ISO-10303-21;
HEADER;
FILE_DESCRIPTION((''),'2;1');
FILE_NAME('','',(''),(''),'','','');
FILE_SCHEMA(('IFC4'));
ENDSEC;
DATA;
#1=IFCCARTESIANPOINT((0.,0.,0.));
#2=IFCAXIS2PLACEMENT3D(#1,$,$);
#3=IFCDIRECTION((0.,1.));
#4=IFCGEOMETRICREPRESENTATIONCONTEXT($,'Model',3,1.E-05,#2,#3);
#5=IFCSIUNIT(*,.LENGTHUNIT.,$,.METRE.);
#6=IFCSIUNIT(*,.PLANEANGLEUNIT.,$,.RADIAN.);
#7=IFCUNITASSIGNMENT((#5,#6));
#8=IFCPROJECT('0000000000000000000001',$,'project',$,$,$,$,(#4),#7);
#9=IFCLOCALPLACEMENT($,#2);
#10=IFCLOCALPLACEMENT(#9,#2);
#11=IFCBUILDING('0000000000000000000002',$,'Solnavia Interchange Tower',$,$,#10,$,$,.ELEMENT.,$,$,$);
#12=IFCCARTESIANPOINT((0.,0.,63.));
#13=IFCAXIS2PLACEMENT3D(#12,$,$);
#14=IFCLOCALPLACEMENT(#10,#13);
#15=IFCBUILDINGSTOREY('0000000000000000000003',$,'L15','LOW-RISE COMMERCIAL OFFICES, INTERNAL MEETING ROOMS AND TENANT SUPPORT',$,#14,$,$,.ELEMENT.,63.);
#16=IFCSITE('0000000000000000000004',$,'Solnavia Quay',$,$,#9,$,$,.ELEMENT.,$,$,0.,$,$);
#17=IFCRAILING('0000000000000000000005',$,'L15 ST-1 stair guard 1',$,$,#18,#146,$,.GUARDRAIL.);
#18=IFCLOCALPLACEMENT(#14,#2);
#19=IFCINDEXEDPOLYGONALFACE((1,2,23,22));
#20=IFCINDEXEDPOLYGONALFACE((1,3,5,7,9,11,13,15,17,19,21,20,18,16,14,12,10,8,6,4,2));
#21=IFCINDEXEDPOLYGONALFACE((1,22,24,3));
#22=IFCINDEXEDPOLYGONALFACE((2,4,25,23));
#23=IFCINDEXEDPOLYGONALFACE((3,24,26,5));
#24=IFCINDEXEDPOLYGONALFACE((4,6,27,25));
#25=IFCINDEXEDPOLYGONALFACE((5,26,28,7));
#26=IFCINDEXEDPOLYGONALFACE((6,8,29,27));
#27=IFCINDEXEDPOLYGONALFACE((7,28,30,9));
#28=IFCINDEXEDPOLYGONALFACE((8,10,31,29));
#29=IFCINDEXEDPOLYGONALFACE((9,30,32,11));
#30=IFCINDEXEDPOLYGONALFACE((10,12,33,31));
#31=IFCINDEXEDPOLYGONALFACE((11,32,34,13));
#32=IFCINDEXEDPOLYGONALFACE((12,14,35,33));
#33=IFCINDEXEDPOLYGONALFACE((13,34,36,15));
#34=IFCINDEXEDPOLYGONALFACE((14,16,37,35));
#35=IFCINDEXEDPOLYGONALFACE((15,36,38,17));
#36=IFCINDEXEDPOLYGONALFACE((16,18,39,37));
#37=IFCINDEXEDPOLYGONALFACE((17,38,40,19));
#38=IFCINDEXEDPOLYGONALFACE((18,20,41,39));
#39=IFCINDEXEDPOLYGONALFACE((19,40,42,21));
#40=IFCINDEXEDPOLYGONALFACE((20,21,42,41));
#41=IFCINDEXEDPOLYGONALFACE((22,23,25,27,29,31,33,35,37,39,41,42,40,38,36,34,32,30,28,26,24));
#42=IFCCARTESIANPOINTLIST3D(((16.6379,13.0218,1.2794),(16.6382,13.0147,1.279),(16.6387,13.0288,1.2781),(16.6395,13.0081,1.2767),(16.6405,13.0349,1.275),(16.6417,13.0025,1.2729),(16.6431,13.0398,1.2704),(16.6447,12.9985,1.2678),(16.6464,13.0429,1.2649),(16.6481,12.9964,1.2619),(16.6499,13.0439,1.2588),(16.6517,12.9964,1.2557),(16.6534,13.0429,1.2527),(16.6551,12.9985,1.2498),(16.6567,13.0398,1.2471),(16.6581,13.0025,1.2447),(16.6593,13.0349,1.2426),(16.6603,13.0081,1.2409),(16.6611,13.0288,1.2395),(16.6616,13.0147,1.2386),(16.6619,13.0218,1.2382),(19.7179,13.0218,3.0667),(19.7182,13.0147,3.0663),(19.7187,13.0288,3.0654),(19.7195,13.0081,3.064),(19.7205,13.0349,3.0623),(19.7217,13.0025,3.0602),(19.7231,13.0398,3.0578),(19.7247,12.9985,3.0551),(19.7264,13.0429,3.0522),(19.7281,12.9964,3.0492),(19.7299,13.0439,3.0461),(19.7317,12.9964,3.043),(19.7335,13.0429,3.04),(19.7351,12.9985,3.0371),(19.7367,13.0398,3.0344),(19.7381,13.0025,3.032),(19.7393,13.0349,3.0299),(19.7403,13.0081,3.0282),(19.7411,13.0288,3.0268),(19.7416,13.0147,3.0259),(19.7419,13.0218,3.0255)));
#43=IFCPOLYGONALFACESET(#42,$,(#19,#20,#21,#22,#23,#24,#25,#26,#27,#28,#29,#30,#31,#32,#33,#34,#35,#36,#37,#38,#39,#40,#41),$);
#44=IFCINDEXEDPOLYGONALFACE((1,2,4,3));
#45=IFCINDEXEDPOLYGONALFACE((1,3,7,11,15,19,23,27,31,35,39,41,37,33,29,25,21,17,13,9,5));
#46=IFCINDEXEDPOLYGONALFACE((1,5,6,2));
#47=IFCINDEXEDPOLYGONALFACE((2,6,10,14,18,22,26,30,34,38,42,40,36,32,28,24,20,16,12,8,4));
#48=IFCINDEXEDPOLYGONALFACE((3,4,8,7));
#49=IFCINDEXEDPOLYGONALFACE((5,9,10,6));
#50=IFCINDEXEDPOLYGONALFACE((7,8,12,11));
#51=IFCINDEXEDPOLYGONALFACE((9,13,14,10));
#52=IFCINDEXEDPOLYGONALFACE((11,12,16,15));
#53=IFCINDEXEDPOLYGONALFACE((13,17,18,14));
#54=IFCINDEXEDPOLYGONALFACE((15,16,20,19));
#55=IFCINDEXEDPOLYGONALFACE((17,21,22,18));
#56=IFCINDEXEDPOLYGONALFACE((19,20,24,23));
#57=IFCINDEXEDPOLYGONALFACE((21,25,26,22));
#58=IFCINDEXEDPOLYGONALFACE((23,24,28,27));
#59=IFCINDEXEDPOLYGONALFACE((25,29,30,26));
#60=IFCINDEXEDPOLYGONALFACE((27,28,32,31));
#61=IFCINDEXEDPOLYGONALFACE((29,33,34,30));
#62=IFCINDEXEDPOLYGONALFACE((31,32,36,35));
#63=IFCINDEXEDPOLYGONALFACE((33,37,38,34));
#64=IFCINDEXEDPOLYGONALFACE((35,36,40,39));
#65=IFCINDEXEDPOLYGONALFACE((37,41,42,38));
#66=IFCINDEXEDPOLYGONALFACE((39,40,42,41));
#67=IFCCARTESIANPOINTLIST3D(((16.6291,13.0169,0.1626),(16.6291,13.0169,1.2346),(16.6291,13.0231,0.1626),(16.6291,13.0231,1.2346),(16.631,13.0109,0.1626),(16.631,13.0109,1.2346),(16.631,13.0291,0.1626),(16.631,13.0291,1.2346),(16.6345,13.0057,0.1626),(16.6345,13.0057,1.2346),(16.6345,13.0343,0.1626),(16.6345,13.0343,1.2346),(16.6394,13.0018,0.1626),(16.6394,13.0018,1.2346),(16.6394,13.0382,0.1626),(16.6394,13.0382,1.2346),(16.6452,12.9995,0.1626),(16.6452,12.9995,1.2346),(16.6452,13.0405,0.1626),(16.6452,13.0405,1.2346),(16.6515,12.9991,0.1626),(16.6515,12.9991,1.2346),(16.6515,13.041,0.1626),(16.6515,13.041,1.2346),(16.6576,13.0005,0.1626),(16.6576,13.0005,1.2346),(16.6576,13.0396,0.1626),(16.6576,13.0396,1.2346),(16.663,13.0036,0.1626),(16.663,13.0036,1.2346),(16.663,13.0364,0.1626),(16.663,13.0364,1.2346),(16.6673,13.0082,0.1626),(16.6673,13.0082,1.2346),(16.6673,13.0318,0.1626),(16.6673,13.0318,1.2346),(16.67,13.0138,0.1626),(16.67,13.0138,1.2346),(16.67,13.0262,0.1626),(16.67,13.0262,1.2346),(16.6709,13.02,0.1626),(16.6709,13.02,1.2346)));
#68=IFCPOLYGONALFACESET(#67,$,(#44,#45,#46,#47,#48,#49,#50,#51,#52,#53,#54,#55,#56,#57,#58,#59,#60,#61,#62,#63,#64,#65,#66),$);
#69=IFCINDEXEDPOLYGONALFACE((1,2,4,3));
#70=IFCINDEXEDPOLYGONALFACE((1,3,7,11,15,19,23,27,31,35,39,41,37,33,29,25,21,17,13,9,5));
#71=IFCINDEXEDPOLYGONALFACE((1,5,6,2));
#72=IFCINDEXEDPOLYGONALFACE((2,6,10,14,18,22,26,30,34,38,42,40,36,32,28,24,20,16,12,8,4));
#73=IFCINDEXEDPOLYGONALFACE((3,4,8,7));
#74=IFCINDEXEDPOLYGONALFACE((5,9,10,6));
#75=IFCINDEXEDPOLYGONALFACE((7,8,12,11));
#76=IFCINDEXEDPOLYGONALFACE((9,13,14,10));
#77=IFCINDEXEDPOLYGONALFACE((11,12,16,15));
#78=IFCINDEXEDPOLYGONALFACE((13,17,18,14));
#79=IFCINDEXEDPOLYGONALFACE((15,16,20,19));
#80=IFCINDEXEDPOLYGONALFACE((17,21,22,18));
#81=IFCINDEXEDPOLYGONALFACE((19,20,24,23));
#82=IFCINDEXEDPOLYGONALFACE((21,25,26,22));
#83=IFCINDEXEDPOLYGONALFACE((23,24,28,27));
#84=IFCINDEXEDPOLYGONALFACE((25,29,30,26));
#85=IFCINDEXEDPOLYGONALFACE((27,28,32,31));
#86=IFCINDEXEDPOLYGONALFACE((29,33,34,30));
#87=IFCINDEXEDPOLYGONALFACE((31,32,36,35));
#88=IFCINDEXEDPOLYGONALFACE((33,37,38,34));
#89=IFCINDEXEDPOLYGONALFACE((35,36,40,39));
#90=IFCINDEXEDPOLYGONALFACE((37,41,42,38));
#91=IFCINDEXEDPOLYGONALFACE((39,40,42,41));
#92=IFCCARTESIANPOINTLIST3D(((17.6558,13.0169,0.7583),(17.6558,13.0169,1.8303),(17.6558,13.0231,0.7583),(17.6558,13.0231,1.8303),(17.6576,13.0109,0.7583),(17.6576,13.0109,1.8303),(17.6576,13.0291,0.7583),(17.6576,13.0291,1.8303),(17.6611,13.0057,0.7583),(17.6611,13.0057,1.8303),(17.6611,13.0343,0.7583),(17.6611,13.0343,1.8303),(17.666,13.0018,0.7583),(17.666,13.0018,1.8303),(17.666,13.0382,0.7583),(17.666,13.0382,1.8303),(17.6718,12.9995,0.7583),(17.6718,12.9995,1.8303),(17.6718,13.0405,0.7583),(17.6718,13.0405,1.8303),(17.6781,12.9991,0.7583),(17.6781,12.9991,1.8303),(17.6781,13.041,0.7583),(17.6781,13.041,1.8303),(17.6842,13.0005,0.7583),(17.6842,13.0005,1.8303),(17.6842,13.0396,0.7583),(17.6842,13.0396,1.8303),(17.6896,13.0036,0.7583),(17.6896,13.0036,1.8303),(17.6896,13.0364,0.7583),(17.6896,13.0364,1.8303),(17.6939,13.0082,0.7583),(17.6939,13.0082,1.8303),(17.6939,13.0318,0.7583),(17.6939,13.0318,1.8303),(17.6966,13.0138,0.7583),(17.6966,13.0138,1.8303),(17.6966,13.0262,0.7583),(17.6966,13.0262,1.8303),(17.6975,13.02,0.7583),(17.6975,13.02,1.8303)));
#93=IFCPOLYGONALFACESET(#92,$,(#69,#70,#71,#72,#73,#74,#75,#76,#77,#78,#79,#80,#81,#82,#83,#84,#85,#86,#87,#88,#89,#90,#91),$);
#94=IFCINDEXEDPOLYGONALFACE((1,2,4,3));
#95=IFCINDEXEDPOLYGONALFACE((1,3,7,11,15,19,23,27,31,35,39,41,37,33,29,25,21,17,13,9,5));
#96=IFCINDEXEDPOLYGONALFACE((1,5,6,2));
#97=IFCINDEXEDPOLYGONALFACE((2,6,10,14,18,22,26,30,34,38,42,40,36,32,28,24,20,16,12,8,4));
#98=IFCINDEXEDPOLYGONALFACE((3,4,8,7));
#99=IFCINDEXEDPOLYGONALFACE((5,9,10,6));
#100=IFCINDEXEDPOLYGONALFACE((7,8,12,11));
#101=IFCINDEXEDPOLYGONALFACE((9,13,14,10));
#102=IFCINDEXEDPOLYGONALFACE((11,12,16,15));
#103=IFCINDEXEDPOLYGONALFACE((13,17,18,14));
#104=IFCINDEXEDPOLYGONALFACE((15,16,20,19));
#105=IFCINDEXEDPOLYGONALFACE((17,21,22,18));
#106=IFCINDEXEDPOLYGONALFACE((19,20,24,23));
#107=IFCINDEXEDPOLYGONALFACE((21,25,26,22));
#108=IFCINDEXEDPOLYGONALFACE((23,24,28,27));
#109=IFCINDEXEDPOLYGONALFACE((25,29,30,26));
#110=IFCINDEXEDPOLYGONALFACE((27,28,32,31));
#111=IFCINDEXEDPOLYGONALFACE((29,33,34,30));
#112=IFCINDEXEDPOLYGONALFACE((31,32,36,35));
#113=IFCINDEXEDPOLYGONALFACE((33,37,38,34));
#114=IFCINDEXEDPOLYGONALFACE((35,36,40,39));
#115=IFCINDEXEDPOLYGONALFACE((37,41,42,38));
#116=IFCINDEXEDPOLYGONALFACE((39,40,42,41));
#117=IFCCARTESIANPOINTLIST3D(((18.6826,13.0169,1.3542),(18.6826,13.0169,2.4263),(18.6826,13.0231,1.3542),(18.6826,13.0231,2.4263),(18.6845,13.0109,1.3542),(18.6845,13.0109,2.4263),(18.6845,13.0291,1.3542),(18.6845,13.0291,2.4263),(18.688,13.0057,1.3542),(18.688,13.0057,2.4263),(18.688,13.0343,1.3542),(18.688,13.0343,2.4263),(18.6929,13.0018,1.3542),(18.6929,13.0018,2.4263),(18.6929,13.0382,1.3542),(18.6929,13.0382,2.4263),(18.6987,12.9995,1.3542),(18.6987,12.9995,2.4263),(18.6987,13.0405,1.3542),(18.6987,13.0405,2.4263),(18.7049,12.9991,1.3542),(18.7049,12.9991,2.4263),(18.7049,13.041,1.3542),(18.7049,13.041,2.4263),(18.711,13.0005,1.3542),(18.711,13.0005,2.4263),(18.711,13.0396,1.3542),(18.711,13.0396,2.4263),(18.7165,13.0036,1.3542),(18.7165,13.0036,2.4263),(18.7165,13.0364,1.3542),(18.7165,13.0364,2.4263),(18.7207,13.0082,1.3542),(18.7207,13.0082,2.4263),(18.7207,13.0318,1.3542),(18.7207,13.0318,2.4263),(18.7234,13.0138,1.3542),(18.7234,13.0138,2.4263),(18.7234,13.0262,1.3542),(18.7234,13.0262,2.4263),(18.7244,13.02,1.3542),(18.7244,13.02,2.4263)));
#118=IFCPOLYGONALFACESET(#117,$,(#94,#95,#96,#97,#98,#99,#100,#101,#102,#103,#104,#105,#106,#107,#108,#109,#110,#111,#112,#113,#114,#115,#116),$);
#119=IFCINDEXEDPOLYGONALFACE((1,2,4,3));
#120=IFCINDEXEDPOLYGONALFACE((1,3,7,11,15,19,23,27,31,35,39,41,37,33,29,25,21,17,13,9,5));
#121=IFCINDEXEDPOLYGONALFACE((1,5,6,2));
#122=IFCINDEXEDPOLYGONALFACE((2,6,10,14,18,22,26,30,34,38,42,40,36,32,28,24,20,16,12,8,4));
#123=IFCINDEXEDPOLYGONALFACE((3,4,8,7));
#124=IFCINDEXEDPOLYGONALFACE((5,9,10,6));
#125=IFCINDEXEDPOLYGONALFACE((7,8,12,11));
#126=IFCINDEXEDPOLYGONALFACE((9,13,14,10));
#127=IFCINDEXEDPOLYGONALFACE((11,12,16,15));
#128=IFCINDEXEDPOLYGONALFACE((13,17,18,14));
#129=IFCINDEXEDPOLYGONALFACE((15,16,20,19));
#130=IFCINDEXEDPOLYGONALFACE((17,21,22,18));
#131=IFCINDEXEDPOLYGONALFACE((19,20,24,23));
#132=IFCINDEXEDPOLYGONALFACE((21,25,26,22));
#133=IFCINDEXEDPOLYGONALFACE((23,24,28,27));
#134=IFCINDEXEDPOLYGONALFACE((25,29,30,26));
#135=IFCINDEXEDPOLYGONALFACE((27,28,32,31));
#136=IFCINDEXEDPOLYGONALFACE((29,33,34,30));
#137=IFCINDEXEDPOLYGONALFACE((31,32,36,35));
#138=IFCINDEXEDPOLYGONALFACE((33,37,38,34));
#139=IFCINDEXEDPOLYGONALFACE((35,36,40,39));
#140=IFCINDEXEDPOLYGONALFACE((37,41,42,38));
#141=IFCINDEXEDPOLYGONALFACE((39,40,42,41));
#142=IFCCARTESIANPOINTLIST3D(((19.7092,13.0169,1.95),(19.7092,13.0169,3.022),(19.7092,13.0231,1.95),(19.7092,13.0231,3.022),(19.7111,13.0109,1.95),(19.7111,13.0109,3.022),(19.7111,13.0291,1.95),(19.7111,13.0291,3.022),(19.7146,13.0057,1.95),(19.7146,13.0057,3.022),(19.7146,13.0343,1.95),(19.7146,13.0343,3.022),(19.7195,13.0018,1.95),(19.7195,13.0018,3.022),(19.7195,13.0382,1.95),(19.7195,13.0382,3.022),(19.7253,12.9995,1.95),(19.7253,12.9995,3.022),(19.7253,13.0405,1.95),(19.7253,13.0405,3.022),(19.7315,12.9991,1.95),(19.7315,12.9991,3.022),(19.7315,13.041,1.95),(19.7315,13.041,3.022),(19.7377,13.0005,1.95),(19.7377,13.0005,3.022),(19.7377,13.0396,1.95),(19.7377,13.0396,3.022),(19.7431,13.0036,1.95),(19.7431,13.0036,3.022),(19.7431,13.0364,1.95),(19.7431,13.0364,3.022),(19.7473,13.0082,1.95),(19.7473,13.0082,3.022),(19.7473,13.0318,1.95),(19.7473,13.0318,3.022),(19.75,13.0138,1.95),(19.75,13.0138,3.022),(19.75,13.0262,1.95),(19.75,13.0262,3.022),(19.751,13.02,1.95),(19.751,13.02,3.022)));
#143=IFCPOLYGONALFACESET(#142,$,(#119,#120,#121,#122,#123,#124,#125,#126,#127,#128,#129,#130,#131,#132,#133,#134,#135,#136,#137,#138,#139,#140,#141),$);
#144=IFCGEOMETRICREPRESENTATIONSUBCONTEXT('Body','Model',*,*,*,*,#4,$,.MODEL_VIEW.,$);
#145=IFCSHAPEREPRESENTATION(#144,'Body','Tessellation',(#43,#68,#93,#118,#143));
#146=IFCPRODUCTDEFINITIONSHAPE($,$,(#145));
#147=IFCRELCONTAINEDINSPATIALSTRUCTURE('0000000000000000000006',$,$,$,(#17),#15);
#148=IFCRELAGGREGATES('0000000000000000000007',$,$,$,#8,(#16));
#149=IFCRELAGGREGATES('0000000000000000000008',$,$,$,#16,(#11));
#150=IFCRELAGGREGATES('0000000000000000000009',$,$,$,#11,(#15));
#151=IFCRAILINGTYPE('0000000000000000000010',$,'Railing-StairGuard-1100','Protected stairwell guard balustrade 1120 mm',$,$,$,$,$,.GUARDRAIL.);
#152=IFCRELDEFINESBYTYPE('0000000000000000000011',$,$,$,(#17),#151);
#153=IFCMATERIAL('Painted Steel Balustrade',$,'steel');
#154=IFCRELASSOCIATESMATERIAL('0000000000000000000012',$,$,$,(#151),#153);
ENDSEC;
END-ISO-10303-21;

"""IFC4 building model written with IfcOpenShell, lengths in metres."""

from ifc_helpers import new_model, si_unit, direction, frame, origin, origin_2d, place, context, subcontext, project, spatial, circle, extrude, material, type_object, element, save


model = new_model("IFC4")

# Units and contexts
model_context = context("Model", 3, precision=1e-05, world=origin(), true_north=direction((0.0, 1.0)))
body_context = subcontext(model_context, "Body", "Model", "MODEL_VIEW")
ifc_project = project(units=[si_unit("LENGTHUNIT", "METRE"), si_unit("PLANEANGLEUNIT", "RADIAN")], contexts=[model_context])

# Site, building, storey
site_placement = place(None, origin())
site = spatial("IfcSite", under=ifc_project, at=site_placement, Name="Solnavia Quay", CompositionType="ELEMENT", RefElevation=0.0)
building_placement = place(site_placement, origin())
building = spatial("IfcBuilding", under=site, at=building_placement, Name="Solnavia Interchange Tower", CompositionType="ELEMENT")
storey_placement = place(building_placement, frame((0.0, 0.0, 63.0)))
storey = spatial("IfcBuildingStorey", under=building, at=storey_placement, Name="L15", Description="LOW-RISE COMMERCIAL OFFICES, INTERNAL MEETING ROOMS AND TENANT SUPPORT", CompositionType="ELEMENT", Elevation=63.0)

# Railing
ifc_material_1 = material(Name="Painted Steel Balustrade", Category="steel")
railing_type_1 = type_object("IfcRailingType", Name="Railing-StairGuard-1100", Description="Protected stairwell guard balustrade 1120 mm", PredefinedType="GUARDRAIL", material=ifc_material_1)
railing_1_placement = place(storey_placement, frame((16.6499, 13.02, 0.1626)))
element("IfcRailing", 1, at=railing_1_placement, inside=storey, type_object=railing_type_1, Name="L15 ST-1 stair guard 1", PredefinedType="GUARDRAIL", context=body_context, shape_type="SweptSolid", body=[
    extrude(circle(Radius=0.0239, at=origin_2d()), frame((0.0, 0.0, 1.0962), z_axis=(0.86492, 0.0, 0.501909), x_axis=(0.0, 1.0, 0.0)), (0.0, 0.0, 1.0), 3.561),
    extrude(circle(Radius=0.021, at=origin_2d()), origin(), (0.0, 0.0, 1.0), 1.072),
    extrude(circle(Radius=0.021, at=origin_2d()), frame((1.0266, 0.0, 0.5957)), (0.0, 0.0, 1.0), 1.072),
    extrude(circle(Radius=0.021, at=origin_2d()), frame((2.0535, 0.0, 1.1917)), (0.0, 0.0, 1.0), 1.072),
    extrude(circle(Radius=0.021, at=origin_2d()), frame((3.0801, 0.0, 1.7874)), (0.0, 0.0, 1.0), 1.072),
])

save(model, "model.ifc")
